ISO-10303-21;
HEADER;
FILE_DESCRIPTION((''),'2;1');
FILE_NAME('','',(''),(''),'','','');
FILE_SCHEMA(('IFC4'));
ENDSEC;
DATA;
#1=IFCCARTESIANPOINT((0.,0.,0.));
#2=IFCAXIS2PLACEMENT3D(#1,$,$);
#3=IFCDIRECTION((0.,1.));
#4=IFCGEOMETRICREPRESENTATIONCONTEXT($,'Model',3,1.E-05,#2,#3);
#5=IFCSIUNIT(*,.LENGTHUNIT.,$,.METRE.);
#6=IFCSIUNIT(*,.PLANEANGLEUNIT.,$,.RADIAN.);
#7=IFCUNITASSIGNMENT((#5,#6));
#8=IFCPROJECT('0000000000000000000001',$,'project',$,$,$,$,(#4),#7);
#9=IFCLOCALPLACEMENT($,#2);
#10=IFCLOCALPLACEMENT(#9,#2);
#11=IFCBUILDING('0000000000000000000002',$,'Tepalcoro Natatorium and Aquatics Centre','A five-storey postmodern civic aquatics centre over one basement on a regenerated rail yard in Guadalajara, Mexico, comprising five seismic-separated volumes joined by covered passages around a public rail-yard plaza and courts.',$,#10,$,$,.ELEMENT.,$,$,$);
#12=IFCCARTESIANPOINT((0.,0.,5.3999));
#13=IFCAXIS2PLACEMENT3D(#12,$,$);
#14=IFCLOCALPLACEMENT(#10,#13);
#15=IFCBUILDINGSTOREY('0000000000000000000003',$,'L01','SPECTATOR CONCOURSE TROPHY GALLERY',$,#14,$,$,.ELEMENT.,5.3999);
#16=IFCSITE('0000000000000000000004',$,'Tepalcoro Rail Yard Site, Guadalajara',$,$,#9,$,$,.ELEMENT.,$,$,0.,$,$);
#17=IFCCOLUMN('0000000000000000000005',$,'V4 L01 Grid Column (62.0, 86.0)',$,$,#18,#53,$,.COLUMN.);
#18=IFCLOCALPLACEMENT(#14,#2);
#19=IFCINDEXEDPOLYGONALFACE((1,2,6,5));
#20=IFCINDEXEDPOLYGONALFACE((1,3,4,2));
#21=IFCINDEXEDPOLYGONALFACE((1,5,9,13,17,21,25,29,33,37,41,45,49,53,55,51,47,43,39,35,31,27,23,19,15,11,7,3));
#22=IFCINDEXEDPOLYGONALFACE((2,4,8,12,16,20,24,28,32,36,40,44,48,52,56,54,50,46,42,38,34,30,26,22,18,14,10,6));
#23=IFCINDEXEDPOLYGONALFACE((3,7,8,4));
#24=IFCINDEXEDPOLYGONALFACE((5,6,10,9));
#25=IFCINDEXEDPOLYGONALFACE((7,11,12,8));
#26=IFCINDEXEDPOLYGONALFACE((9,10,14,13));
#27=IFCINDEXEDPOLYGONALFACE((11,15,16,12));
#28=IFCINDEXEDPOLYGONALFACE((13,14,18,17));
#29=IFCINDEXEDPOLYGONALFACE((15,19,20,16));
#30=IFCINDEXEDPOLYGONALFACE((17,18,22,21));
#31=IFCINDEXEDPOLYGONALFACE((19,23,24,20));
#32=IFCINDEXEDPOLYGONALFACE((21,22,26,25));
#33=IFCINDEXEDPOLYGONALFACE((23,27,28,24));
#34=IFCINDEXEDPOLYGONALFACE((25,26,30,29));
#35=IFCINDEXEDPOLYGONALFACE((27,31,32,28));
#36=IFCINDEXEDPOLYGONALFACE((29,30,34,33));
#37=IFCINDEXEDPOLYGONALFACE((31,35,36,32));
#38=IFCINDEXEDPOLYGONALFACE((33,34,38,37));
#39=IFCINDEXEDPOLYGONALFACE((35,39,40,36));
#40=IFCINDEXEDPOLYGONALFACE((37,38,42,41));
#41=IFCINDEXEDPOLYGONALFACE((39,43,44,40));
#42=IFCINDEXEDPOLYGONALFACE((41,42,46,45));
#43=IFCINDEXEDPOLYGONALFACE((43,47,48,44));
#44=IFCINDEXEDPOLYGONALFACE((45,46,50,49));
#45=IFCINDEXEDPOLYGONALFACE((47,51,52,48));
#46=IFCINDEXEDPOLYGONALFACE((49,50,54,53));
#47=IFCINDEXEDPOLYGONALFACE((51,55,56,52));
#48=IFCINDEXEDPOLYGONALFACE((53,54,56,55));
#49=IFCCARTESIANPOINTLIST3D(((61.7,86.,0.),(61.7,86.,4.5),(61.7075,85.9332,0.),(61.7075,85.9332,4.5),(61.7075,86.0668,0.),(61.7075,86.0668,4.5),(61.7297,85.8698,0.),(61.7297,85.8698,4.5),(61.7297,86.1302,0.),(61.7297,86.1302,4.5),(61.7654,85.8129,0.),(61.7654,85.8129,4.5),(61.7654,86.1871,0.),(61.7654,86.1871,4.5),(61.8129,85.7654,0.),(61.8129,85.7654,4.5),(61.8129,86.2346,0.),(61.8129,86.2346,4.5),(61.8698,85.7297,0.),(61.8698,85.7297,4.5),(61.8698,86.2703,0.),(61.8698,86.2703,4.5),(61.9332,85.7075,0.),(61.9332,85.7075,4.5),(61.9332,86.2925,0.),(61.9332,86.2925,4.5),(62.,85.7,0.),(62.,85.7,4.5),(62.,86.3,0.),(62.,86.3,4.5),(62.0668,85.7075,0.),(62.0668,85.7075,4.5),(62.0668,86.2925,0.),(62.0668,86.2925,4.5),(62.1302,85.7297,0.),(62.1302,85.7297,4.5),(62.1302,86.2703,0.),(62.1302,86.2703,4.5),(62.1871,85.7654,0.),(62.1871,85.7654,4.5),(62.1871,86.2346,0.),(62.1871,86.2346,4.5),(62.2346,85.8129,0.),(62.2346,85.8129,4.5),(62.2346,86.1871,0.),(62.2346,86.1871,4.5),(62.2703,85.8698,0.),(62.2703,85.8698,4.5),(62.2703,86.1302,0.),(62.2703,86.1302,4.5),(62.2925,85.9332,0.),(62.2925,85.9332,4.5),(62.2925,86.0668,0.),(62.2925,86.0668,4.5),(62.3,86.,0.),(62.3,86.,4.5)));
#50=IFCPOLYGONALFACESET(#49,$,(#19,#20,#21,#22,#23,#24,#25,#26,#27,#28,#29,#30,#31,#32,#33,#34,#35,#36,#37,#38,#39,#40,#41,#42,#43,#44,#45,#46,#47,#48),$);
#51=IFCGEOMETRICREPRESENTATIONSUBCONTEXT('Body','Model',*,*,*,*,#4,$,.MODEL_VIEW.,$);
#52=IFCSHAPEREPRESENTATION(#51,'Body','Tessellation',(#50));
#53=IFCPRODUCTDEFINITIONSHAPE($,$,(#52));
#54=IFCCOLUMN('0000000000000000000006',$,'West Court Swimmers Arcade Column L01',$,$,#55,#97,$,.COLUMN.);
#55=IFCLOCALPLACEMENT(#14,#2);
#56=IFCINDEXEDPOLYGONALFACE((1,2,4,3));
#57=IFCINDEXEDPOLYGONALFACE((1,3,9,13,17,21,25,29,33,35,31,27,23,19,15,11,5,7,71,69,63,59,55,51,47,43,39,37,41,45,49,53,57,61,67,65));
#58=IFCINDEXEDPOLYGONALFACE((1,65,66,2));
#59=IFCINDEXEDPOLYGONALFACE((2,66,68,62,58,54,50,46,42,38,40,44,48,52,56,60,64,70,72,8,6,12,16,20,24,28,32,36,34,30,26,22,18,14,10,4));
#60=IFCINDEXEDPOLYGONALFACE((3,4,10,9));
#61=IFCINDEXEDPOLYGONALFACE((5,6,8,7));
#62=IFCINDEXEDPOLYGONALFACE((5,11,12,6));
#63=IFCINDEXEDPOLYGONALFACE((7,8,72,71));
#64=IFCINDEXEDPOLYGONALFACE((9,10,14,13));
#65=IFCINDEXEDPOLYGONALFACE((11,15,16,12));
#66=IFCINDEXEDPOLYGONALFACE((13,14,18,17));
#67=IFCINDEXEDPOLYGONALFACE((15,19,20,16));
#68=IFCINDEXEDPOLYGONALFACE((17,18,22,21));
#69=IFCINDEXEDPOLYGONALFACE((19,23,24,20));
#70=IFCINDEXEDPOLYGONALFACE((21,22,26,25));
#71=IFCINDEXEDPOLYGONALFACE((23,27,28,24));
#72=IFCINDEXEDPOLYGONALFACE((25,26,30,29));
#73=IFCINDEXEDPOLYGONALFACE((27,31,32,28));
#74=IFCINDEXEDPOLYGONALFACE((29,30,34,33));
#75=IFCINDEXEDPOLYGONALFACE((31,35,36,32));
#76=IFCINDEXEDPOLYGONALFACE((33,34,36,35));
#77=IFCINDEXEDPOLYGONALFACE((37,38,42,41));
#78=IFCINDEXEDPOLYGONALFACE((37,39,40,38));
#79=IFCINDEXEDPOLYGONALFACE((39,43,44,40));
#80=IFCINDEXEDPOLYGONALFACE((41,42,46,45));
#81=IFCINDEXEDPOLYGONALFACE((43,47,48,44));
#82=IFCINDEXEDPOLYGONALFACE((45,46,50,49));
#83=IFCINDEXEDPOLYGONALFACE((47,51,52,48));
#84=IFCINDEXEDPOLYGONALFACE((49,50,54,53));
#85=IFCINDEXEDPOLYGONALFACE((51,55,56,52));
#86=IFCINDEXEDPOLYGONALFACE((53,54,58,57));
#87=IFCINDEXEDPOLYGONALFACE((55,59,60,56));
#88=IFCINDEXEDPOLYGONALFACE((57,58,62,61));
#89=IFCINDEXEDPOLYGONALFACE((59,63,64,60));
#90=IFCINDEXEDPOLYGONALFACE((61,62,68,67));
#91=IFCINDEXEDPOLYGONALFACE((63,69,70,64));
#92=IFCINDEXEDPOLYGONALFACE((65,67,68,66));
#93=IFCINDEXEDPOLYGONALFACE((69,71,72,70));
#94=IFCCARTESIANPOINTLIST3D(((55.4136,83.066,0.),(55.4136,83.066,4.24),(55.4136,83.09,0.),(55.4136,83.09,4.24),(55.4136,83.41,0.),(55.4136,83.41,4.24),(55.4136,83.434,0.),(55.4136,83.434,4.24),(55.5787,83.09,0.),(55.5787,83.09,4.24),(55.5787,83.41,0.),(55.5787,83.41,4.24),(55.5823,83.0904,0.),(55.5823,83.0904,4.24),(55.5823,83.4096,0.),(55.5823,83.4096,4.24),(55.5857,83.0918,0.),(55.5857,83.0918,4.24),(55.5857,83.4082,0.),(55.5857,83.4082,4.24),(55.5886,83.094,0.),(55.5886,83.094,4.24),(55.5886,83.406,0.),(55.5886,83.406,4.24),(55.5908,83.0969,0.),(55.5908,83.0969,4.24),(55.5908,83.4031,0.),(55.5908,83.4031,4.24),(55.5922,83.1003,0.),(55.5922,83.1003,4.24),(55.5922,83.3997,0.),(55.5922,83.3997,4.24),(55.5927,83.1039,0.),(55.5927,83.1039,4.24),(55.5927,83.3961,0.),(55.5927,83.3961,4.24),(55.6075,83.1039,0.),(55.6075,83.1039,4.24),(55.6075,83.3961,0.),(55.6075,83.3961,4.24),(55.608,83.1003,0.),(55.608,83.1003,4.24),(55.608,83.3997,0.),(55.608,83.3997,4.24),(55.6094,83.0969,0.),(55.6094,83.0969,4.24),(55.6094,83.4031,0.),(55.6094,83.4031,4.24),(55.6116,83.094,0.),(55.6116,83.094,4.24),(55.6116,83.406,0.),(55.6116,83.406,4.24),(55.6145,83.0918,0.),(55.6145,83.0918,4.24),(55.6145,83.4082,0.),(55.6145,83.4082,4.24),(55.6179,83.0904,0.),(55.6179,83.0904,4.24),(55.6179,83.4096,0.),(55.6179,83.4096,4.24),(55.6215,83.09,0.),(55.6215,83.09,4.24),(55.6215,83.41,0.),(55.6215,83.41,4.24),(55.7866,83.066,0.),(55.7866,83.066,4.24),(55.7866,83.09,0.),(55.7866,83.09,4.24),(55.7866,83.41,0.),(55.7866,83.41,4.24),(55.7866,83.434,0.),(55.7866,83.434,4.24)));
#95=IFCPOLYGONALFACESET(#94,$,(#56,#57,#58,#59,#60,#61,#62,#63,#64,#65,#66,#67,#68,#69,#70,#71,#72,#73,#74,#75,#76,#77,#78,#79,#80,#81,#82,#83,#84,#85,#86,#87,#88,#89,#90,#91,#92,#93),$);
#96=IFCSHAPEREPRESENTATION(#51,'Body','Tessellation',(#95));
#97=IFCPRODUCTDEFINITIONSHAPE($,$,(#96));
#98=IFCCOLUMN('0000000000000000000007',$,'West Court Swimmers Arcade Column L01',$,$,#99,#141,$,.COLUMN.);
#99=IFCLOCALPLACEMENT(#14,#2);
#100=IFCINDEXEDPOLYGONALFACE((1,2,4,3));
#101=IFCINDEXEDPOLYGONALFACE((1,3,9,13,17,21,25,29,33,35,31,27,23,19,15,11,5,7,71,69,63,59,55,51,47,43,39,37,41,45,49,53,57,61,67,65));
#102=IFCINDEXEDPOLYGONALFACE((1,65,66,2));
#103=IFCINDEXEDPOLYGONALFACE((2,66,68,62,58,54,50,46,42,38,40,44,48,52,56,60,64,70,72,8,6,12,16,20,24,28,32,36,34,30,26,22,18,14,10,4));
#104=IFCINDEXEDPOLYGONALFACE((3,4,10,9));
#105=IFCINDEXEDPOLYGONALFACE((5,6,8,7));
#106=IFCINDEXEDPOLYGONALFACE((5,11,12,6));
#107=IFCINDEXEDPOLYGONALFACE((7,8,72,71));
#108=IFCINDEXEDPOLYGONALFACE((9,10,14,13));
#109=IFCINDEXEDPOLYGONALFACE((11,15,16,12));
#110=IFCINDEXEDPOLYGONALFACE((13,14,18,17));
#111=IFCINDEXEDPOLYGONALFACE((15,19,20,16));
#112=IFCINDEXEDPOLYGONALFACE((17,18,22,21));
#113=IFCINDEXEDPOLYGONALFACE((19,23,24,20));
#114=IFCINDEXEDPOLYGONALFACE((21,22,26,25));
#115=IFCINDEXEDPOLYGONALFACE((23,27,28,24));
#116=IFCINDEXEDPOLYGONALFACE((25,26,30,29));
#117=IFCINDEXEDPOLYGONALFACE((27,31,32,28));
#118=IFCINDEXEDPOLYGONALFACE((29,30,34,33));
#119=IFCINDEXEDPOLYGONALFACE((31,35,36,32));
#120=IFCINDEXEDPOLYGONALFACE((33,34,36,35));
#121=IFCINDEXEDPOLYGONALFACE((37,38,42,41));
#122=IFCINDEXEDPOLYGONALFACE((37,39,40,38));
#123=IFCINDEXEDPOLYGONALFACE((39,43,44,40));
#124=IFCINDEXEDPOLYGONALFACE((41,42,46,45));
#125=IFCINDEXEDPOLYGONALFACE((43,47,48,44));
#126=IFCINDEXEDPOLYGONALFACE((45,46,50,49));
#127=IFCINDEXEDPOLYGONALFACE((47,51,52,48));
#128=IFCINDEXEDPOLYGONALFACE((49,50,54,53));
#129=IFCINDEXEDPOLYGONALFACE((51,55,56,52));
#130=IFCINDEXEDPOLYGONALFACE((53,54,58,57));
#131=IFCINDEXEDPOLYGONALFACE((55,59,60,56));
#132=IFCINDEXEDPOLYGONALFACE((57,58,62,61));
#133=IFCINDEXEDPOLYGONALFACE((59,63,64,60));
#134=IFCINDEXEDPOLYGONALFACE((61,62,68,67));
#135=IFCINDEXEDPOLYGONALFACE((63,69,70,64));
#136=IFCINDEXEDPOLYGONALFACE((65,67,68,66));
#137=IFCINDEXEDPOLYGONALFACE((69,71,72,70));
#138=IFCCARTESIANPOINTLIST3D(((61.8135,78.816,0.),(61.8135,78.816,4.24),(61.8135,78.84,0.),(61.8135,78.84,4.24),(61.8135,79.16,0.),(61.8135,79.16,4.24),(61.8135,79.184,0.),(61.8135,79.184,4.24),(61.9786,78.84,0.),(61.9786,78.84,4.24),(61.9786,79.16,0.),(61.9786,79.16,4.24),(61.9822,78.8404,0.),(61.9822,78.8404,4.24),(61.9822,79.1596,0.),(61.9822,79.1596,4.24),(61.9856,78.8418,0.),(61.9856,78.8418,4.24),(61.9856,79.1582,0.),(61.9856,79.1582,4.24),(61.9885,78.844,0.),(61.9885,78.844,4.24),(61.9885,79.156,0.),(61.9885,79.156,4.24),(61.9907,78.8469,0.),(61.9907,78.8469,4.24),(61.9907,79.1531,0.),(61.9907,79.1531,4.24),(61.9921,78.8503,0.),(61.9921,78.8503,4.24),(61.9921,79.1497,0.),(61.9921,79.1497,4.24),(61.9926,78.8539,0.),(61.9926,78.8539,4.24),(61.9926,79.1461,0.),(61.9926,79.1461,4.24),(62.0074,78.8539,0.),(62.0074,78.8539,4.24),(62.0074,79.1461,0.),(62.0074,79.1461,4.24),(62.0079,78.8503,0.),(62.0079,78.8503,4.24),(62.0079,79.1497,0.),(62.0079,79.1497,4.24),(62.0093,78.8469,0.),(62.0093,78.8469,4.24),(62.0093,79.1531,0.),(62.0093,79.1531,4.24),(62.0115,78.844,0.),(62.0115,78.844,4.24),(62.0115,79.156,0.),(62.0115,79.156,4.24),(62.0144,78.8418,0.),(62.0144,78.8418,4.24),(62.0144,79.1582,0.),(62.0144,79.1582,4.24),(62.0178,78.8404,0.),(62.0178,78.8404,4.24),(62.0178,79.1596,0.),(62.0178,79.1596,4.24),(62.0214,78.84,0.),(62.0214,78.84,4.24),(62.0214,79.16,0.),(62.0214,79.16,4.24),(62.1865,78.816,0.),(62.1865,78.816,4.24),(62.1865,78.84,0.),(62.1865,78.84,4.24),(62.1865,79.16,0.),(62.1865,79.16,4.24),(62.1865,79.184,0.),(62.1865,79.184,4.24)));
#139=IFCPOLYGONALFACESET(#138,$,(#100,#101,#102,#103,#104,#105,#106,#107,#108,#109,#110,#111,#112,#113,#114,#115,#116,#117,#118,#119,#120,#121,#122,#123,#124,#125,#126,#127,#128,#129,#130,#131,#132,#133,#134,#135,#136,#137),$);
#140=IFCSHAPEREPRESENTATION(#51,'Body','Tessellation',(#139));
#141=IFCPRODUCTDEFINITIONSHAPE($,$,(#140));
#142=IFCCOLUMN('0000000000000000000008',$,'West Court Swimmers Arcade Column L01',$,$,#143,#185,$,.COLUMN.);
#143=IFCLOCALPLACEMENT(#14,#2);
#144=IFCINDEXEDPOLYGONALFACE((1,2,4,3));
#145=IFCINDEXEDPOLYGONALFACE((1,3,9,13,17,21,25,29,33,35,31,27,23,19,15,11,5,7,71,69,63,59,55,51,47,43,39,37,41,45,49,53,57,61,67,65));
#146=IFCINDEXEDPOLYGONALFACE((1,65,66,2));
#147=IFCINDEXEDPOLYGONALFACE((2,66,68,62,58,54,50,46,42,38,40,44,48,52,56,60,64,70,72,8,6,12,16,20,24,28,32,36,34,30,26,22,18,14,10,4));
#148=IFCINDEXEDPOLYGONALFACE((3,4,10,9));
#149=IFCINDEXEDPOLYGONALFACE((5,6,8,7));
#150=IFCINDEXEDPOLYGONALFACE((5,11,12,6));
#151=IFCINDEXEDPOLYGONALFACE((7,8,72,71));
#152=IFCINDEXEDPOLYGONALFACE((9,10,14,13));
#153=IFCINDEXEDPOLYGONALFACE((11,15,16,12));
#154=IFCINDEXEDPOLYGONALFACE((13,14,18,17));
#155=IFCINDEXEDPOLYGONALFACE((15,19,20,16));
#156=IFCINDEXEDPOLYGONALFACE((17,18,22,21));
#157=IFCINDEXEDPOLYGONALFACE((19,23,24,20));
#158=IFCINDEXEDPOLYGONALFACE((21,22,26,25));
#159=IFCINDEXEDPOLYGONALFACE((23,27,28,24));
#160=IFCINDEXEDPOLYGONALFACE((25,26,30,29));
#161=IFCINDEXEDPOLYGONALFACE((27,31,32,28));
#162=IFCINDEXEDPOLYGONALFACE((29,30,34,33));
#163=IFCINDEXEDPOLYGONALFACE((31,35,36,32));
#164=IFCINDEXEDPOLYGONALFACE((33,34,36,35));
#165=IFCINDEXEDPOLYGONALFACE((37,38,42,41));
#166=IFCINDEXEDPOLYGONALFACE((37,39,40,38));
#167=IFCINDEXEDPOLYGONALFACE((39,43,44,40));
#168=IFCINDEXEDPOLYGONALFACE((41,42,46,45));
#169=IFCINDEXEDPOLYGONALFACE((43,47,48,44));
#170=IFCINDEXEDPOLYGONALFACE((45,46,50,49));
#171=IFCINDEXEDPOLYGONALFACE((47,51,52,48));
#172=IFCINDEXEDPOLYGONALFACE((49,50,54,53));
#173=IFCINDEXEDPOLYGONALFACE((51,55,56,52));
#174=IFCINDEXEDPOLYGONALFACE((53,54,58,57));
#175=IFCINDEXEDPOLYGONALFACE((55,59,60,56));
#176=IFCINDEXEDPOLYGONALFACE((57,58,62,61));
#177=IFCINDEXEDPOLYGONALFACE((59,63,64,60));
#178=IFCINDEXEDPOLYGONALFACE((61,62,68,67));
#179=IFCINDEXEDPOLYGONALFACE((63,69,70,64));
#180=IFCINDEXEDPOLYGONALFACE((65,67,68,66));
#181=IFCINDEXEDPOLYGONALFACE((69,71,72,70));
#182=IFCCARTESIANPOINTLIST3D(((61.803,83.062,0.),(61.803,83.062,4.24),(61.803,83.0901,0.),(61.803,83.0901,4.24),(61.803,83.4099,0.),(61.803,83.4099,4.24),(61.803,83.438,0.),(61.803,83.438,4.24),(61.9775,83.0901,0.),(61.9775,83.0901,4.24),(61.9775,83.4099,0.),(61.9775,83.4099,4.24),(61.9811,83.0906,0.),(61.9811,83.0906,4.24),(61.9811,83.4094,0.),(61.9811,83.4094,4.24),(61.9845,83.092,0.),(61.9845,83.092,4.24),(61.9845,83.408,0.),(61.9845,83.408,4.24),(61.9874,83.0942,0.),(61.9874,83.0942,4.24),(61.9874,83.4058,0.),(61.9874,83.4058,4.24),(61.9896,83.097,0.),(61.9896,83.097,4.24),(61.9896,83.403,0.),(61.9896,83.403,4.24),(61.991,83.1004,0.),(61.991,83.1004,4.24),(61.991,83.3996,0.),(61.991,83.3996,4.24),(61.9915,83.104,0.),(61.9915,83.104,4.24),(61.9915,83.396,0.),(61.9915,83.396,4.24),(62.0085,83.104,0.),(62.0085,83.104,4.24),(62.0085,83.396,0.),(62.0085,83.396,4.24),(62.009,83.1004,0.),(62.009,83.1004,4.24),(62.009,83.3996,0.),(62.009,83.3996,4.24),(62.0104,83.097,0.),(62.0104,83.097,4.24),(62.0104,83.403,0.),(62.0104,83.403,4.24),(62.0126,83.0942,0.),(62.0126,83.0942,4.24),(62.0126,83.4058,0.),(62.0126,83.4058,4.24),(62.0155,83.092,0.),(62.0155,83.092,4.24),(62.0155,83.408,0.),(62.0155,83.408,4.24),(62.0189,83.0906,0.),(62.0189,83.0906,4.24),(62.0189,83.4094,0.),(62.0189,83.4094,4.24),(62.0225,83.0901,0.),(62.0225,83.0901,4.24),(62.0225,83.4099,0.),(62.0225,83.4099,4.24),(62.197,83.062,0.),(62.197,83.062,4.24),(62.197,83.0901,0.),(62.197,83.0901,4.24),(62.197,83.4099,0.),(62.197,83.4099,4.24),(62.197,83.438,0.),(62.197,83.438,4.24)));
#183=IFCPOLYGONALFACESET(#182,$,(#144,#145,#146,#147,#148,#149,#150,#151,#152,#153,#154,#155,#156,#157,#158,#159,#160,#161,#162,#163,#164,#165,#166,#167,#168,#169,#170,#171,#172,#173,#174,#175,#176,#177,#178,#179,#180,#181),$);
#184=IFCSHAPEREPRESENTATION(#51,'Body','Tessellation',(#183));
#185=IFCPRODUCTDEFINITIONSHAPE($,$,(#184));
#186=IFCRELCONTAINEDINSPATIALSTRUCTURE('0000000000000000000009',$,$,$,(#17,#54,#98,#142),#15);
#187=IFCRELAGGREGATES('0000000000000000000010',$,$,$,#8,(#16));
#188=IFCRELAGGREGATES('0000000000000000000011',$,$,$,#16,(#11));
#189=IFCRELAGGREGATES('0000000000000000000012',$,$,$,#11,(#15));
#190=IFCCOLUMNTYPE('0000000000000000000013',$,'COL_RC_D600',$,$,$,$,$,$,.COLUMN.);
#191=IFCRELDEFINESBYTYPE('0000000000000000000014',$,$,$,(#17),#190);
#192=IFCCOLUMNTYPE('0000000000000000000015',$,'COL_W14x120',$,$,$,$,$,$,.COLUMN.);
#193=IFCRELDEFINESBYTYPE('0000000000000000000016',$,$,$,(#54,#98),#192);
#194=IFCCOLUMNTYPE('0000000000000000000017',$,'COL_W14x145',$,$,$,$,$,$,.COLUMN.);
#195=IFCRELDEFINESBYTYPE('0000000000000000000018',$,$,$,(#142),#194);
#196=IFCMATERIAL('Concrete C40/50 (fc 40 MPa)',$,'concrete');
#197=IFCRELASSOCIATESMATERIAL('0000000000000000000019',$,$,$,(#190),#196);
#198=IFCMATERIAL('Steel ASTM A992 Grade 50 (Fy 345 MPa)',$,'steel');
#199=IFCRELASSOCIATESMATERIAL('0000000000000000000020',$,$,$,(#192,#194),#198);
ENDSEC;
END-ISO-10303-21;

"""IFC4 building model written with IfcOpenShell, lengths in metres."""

from ifc_helpers import new_model, si_unit, direction, frame, origin, origin_2d, place, context, subcontext, project, spatial, circle, i_section, extrude, material, material_profile, profile_set, type_object, element, save


model = new_model("IFC4")

# Units and contexts
model_context = context("Model", 3, precision=1e-05, world=origin(), true_north=direction((0.0, 1.0)))
body_context = subcontext(model_context, "Body", "Model", "MODEL_VIEW")
ifc_project = project(units=[si_unit("LENGTHUNIT", "METRE"), si_unit("PLANEANGLEUNIT", "RADIAN")], contexts=[model_context])

# Site, building, storey
site_placement = place(None, origin())
site = spatial("IfcSite", under=ifc_project, at=site_placement, Name="Tepalcoro Rail Yard Site, Guadalajara", CompositionType="ELEMENT", RefElevation=0.0)
building_placement = place(site_placement, origin())
building = spatial("IfcBuilding", under=site, at=building_placement, Name="Tepalcoro Natatorium and Aquatics Centre", Description="A five-storey postmodern civic aquatics centre over one basement on a regenerated rail yard in Guadalajara, Mexico, comprising five seismic-separated volumes joined by covered passages around a public rail-yard plaza and courts.", CompositionType="ELEMENT")
storey_placement = place(building_placement, frame((0.0, 0.0, 5.3999)))
storey = spatial("IfcBuildingStorey", under=building, at=storey_placement, Name="L01", Description="SPECTATOR CONCOURSE TROPHY GALLERY", CompositionType="ELEMENT", Elevation=5.3999)

# Columns
ifc_material_1 = material(Name="Concrete C40/50 (fc 40 MPa)", Category="concrete")
ifc_material_profile_1 = material_profile(ifc_material_1, circle(Radius=0.3, at=origin_2d()), Name="RCD600")
ifc_profile_set_1 = profile_set([ifc_material_profile_1], Name="Concrete C40/50 (fc 40 MPa)")
column_type_1 = type_object("IfcColumnType", Name="COL_RC_D600", PredefinedType="COLUMN", material=ifc_profile_set_1)
column_1_placement = place(storey_placement, frame((62.0, 86.0, 0.0), z_axis=(0.0, 0.0, 1.0), x_axis=(1.0, 0.0, 0.0)))
element("IfcColumn", 1, at=column_1_placement, inside=storey, type_object=column_type_1, Name="V4 L01 Grid Column (62.0, 86.0)", PredefinedType="COLUMN", context=body_context, shape_type="SweptSolid", body=[
    extrude(circle(Radius=0.3, at=origin_2d()), origin(), (0.0, 0.0, 1.0), 4.5),
])
ifc_material_2 = material(Name="Steel ASTM A992 Grade 50 (Fy 345 MPa)", Category="steel")
ifc_material_profile_2 = material_profile(ifc_material_2, i_section(OverallWidth=0.373, OverallDepth=0.3679, WebThickness=0.0149, FlangeThickness=0.0239, FilletRadius=0.0139, at=origin_2d()), Name="W14X120")
ifc_profile_set_2 = profile_set([ifc_material_profile_2], Name="Steel ASTM A992 Grade 50 (Fy 345 MPa)")
column_type_2 = type_object("IfcColumnType", Name="COL_W14x120", PredefinedType="COLUMN", material=ifc_profile_set_2)
for number, where, z_axis, x_axis, name in (
    (2, (55.6001, 83.25, 0.0), (0.0, 0.0, 1.0), (1.0, 0.0, 0.0), "West Court Swimmers Arcade Column L01"),
    (3, (62.0, 79.0, 0.0), (0.0, 0.0, 1.0), (1.0, 0.0, 0.0), "West Court Swimmers Arcade Column L01"),
):
    element("IfcColumn", number, at=place(storey_placement, frame(where, z_axis=z_axis, x_axis=x_axis)), inside=storey, type_object=column_type_2, Name=name, PredefinedType="COLUMN", context=body_context, shape_type="SweptSolid", body=[
        extrude(i_section(OverallWidth=0.373, OverallDepth=0.3679, WebThickness=0.0149, FlangeThickness=0.0239, FilletRadius=0.0139, at=origin_2d()), origin(), (0.0, 0.0, 1.0), 4.24),
    ])
ifc_material_profile_3 = material_profile(ifc_material_2, i_section(OverallWidth=0.394, OverallDepth=0.376, WebThickness=0.0171, FlangeThickness=0.0281, FilletRadius=0.0139, at=origin_2d()), Name="W14X145")
ifc_profile_set_3 = profile_set([ifc_material_profile_3], Name="Steel ASTM A992 Grade 50 (Fy 345 MPa)")
column_type_3 = type_object("IfcColumnType", Name="COL_W14x145", PredefinedType="COLUMN", material=ifc_profile_set_3)
column_2_placement = place(storey_placement, frame((62.0, 83.25, 0.0), z_axis=(0.0, 0.0, 1.0), x_axis=(1.0, 0.0, 0.0)))
element("IfcColumn", 4, at=column_2_placement, inside=storey, type_object=column_type_3, Name="West Court Swimmers Arcade Column L01", PredefinedType="COLUMN", context=body_context, shape_type="SweptSolid", body=[
    extrude(i_section(OverallWidth=0.394, OverallDepth=0.376, WebThickness=0.0171, FlangeThickness=0.0281, FilletRadius=0.0139, at=origin_2d()), origin(), (0.0, 0.0, 1.0), 4.24),
])

save(model, "model.ifc")
